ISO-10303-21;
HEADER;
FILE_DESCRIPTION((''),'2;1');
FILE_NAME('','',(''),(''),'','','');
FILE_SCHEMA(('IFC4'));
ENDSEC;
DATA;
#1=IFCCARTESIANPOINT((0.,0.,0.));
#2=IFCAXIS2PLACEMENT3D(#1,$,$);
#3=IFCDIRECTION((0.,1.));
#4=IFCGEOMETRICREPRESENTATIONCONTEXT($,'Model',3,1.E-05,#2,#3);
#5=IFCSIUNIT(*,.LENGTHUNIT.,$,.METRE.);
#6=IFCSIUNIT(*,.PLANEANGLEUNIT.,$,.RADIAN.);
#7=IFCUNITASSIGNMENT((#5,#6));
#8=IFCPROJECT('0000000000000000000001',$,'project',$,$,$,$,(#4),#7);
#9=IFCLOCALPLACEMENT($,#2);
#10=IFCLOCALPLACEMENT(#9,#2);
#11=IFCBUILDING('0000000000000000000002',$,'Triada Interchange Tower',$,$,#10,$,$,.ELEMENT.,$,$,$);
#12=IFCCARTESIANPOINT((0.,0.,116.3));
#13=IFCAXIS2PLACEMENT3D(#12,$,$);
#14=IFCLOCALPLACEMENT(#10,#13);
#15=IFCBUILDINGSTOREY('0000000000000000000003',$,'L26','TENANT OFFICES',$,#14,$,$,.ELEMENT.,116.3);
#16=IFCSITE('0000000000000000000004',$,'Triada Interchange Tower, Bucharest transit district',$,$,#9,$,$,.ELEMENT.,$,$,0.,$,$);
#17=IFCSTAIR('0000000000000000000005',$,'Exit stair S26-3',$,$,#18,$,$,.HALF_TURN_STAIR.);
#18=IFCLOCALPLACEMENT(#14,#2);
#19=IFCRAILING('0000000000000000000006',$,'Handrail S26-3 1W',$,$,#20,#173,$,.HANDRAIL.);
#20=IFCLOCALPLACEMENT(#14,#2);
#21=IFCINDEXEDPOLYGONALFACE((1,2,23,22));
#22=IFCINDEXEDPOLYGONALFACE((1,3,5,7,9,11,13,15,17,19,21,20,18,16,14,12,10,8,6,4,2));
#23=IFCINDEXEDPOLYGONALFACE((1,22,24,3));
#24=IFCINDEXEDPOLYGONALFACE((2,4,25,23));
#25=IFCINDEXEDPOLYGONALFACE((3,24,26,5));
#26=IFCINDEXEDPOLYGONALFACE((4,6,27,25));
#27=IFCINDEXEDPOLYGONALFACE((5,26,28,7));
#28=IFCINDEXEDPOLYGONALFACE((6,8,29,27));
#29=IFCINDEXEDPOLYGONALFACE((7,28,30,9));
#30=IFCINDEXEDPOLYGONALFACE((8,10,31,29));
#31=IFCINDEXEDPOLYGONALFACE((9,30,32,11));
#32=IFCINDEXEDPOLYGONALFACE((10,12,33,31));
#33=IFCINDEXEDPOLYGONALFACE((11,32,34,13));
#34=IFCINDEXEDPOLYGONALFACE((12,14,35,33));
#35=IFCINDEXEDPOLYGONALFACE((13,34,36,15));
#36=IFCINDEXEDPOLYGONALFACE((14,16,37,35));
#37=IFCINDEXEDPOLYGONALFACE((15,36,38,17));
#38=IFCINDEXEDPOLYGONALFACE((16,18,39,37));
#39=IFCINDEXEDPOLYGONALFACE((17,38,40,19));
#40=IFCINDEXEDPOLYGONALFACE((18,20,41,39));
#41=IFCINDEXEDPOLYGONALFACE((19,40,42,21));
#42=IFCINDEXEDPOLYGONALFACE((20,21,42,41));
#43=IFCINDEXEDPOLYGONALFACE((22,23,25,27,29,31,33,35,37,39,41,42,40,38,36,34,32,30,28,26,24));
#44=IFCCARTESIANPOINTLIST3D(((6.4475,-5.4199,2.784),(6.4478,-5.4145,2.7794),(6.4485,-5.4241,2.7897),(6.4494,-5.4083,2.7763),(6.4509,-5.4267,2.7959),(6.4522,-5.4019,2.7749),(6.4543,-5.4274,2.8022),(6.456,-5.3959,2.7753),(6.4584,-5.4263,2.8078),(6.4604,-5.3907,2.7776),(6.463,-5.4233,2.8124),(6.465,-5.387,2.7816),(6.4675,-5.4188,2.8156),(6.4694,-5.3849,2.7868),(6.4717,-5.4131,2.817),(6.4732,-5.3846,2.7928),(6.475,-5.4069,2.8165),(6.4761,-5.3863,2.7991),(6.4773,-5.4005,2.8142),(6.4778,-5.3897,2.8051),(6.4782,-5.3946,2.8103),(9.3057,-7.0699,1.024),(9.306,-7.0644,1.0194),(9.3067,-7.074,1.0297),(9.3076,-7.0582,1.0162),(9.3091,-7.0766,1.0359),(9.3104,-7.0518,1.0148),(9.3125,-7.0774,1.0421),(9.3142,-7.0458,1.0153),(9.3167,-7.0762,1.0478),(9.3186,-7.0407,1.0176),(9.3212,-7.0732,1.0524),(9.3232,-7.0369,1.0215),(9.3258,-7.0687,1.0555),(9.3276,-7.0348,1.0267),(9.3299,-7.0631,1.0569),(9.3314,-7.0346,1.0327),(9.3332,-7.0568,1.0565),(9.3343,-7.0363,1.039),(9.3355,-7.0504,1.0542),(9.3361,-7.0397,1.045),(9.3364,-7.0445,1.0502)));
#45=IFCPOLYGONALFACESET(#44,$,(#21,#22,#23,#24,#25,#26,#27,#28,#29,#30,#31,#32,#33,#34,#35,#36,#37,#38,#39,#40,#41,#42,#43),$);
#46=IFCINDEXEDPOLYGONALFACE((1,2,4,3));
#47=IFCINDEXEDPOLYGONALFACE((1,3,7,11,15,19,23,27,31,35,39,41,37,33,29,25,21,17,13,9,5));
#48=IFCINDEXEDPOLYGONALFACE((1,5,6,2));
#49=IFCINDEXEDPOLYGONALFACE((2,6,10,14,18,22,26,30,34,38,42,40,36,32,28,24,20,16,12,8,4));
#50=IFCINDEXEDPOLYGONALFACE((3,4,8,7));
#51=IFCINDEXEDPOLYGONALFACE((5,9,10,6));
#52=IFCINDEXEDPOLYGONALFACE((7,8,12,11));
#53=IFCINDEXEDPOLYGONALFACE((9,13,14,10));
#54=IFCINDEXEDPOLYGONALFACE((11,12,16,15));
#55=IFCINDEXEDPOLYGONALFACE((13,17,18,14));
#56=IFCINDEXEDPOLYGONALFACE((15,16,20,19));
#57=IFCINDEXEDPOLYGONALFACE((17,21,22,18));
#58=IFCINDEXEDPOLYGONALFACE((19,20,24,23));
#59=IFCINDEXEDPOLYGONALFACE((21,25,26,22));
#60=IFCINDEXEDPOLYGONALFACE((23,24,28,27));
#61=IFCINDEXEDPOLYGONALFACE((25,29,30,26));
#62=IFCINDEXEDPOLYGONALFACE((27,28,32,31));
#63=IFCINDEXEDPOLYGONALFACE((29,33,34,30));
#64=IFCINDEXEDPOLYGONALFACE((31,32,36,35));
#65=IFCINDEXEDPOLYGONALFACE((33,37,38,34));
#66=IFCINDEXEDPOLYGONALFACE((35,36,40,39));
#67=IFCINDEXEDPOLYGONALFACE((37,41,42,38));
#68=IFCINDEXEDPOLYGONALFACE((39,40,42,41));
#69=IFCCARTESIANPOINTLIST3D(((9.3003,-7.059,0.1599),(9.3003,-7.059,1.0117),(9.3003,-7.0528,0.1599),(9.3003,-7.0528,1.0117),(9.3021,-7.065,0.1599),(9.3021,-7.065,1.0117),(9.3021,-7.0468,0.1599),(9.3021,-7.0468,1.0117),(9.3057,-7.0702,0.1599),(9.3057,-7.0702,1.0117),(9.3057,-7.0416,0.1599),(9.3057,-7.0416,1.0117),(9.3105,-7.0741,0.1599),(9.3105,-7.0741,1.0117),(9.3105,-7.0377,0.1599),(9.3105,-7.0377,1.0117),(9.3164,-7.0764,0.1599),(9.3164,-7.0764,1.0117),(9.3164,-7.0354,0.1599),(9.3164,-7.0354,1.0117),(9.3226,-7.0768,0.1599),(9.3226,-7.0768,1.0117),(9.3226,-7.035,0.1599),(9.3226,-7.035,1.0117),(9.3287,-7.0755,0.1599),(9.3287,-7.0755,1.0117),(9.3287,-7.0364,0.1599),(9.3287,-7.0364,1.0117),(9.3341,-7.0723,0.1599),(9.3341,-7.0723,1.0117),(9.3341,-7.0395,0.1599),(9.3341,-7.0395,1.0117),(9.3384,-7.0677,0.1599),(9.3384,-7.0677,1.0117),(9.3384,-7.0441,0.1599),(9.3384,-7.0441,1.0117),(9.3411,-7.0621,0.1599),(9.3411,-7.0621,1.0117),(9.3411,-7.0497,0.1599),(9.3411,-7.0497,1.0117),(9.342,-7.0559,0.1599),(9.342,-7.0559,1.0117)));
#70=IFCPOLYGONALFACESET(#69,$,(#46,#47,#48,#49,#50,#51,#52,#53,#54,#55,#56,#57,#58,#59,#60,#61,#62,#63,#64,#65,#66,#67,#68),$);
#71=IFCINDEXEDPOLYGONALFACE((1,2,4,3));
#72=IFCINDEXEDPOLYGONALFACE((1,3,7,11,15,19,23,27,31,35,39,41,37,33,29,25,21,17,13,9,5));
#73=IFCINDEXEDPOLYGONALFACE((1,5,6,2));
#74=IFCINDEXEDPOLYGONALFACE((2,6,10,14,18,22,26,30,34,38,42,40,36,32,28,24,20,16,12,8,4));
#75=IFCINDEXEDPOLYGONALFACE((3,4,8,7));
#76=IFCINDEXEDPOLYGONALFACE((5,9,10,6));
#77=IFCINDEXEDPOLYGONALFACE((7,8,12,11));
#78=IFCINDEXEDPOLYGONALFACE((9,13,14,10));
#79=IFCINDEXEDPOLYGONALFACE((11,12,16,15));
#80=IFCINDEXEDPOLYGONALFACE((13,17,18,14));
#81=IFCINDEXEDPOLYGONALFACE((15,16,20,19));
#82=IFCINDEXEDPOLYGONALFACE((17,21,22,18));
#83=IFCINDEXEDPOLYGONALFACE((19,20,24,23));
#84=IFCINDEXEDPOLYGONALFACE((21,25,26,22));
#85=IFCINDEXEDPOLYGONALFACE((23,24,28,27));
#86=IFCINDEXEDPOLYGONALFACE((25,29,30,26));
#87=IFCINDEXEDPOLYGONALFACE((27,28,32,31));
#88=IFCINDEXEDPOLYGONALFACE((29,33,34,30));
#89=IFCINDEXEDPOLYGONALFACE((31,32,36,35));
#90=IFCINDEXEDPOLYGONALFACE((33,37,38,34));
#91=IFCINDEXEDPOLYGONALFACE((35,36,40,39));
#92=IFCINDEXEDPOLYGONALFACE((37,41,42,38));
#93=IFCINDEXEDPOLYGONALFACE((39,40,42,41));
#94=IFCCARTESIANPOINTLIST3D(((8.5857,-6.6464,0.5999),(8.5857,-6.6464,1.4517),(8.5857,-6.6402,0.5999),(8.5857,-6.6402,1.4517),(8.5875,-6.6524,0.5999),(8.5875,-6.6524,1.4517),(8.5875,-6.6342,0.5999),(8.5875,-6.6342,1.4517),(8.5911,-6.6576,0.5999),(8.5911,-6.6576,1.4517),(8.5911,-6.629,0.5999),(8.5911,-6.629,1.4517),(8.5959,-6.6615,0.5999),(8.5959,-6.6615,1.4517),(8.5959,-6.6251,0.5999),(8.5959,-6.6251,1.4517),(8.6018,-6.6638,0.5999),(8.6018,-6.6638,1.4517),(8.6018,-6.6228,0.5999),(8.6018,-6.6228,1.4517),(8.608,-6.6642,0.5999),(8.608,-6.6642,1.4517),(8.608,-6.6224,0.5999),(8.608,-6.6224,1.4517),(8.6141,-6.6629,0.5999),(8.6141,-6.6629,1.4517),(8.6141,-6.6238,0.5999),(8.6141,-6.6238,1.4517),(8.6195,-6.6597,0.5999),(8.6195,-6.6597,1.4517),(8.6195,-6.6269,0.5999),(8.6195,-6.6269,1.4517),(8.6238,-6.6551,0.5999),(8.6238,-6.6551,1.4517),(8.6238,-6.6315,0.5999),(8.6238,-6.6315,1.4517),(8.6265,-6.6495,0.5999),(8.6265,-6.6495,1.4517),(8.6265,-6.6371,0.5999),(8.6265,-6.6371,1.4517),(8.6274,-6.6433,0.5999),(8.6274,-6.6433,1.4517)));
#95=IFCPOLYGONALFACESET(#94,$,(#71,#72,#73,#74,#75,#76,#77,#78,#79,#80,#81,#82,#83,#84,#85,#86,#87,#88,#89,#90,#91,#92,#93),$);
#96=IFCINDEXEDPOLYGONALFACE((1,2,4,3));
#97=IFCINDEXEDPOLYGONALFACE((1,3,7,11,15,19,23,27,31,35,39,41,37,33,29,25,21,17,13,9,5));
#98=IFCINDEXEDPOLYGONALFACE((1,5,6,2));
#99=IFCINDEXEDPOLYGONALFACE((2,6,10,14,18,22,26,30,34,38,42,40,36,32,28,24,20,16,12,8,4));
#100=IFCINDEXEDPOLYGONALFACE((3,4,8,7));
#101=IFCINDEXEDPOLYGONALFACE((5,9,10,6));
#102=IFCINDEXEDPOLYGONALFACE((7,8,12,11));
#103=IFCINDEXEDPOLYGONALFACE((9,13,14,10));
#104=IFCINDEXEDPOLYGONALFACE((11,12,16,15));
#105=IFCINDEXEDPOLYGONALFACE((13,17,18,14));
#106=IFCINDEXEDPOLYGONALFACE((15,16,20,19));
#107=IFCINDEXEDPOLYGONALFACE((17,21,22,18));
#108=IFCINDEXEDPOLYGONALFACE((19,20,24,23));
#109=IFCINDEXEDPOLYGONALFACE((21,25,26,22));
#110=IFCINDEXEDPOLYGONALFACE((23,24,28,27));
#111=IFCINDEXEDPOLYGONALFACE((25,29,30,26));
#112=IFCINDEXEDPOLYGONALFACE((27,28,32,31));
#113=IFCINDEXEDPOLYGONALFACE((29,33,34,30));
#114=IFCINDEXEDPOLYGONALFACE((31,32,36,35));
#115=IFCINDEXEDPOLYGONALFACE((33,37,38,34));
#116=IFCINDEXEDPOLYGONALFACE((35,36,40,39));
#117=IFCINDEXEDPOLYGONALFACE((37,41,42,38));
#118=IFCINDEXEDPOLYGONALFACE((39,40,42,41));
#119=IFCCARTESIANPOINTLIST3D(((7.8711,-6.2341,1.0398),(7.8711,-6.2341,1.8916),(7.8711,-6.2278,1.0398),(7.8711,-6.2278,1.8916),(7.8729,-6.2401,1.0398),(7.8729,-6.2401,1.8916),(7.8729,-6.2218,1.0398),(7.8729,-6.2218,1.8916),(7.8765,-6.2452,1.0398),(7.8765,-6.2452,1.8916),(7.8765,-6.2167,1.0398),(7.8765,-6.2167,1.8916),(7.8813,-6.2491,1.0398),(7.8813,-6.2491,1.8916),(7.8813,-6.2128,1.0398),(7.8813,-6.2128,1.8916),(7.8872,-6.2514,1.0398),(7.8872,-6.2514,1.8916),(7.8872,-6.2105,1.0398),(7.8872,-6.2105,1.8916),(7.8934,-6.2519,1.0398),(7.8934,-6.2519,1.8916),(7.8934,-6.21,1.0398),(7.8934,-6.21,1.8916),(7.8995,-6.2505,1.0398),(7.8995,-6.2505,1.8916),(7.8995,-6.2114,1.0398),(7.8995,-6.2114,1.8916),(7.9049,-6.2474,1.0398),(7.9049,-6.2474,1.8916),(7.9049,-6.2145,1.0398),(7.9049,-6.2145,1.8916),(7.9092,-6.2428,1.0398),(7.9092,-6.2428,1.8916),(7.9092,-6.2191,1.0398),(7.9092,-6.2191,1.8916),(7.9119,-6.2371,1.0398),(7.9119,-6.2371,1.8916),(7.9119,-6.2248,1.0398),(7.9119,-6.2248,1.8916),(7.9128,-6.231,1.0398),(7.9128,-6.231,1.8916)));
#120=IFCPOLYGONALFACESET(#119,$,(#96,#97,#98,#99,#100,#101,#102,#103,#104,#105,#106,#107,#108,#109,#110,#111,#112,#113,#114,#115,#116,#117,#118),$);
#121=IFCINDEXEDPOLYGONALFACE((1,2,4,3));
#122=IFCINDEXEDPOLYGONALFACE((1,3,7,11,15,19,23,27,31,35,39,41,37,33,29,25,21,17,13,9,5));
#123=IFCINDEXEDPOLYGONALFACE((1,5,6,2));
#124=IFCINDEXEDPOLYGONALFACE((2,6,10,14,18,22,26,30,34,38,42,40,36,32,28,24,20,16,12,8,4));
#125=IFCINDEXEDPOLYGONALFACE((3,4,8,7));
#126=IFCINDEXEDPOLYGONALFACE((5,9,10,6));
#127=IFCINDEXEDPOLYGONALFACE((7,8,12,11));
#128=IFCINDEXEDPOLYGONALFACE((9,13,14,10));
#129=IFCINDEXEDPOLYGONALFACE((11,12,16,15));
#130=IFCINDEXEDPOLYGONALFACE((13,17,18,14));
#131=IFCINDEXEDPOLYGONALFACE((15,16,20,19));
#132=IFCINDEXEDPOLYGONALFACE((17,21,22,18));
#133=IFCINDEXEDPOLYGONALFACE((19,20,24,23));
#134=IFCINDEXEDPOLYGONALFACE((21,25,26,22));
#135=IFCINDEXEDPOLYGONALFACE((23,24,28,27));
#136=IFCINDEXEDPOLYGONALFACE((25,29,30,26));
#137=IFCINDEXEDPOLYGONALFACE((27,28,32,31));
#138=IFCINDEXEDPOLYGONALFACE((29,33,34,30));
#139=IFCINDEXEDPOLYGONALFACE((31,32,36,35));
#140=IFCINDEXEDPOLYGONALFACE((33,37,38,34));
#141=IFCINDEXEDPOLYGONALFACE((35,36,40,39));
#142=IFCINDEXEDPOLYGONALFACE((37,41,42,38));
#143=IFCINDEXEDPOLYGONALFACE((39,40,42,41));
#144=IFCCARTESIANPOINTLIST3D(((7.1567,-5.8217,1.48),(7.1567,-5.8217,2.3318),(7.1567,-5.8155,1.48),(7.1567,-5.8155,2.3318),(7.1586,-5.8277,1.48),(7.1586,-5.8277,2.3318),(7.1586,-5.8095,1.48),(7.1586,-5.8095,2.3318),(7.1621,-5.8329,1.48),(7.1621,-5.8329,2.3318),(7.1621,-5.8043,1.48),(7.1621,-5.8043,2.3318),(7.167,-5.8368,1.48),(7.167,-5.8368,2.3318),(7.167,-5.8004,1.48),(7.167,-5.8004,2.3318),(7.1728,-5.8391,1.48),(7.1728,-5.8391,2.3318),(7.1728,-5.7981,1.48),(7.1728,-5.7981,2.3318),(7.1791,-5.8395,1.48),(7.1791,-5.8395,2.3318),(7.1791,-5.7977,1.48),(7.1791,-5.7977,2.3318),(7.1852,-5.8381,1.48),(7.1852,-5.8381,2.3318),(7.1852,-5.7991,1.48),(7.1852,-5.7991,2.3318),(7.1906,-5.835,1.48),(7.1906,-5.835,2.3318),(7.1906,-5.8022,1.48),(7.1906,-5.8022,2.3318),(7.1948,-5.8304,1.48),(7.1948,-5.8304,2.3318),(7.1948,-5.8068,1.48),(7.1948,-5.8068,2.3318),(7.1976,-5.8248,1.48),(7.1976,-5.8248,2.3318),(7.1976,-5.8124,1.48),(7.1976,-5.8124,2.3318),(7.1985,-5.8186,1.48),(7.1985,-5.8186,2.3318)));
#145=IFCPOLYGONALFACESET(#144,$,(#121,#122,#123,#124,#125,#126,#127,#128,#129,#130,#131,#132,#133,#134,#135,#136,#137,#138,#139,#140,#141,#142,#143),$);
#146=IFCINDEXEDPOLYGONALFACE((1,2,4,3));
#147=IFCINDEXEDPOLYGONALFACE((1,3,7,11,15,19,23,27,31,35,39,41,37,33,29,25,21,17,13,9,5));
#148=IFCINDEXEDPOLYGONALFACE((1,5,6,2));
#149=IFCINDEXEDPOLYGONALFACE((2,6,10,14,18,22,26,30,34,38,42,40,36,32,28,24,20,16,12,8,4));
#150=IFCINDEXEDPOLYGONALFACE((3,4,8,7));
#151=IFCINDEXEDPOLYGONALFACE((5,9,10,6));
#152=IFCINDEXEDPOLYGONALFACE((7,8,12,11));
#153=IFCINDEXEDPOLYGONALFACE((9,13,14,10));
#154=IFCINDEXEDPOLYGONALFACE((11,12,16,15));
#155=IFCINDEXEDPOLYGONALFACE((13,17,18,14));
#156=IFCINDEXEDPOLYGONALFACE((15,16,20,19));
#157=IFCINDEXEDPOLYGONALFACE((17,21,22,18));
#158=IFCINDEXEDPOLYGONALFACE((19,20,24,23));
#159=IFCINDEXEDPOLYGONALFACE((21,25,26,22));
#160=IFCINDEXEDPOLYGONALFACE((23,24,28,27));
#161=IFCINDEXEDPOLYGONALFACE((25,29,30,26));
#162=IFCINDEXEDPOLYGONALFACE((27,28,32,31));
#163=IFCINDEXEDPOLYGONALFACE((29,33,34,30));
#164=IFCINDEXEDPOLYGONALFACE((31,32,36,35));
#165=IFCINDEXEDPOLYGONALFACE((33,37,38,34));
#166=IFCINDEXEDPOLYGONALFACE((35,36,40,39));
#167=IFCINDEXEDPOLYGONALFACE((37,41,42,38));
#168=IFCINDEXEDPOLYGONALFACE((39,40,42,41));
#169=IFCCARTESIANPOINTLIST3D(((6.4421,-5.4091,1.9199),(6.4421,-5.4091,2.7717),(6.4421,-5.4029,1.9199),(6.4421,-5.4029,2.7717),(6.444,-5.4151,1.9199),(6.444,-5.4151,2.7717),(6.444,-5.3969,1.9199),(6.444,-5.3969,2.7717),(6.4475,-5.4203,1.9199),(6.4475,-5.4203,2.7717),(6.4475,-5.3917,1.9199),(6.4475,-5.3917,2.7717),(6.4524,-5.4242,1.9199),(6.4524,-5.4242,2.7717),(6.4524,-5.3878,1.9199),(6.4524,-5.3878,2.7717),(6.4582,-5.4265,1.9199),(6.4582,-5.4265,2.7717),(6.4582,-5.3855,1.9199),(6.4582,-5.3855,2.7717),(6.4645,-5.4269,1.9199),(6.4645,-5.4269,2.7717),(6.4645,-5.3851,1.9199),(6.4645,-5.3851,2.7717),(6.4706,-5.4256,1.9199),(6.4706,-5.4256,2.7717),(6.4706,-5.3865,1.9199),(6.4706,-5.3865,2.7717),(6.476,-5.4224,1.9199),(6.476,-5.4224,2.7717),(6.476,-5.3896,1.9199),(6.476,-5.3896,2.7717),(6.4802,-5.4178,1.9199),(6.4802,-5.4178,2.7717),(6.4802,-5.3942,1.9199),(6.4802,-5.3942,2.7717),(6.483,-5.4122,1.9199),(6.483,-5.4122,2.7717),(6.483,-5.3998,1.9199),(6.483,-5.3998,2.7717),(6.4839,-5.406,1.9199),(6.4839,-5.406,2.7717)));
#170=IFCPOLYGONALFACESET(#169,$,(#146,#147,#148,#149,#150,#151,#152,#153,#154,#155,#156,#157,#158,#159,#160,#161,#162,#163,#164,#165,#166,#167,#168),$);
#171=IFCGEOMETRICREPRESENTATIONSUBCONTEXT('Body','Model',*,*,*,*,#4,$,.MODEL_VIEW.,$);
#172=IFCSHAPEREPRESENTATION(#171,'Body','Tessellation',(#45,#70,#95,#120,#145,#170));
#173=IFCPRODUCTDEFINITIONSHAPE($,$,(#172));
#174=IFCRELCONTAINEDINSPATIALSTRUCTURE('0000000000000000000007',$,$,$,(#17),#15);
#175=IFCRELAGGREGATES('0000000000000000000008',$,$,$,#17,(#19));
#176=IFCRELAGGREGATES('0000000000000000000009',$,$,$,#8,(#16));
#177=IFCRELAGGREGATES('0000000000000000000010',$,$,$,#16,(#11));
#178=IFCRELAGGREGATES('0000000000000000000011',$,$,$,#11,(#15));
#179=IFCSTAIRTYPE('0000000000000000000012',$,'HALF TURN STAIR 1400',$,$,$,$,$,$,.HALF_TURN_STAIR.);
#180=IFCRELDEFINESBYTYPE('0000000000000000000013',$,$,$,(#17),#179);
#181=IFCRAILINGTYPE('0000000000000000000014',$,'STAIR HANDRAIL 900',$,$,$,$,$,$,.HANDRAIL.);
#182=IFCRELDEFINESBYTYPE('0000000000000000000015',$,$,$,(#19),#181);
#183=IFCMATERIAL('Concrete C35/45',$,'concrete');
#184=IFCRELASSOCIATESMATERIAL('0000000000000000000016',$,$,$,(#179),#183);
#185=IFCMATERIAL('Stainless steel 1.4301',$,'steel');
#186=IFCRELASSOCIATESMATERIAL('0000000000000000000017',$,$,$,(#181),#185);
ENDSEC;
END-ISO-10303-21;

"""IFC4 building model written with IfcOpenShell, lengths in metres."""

from ifc_helpers import new_model, si_unit, direction, frame, origin, origin_2d, place, context, subcontext, project, spatial, circle, extrude, material, type_object, element, aggregate, save


model = new_model("IFC4")

# Units and contexts
model_context = context("Model", 3, precision=1e-05, world=origin(), true_north=direction((0.0, 1.0)))
body_context = subcontext(model_context, "Body", "Model", "MODEL_VIEW")
ifc_project = project(units=[si_unit("LENGTHUNIT", "METRE"), si_unit("PLANEANGLEUNIT", "RADIAN")], contexts=[model_context])

# Site, building, storey
site_placement = place(None, origin())
site = spatial("IfcSite", under=ifc_project, at=site_placement, Name="Triada Interchange Tower, Bucharest transit district", CompositionType="ELEMENT", RefElevation=0.0)
building_placement = place(site_placement, origin())
building = spatial("IfcBuilding", under=site, at=building_placement, Name="Triada Interchange Tower", CompositionType="ELEMENT")
storey_placement = place(building_placement, frame((0.0, 0.0, 116.3)))
storey = spatial("IfcBuildingStorey", under=building, at=storey_placement, Name="L26", Description="TENANT OFFICES", CompositionType="ELEMENT", Elevation=116.3)

# Stair, railing
ifc_material_1 = material(Name="Concrete C35/45", Category="concrete")
stair_type = type_object("IfcStairType", Name="HALF TURN STAIR 1400", PredefinedType="HALF_TURN_STAIR", material=ifc_material_1)
stair_placement = place(storey_placement, origin())
stair = element("IfcStair", 1, at=stair_placement, inside=storey, type_object=stair_type, Name="Exit stair S26-3", PredefinedType="HALF_TURN_STAIR")
ifc_material_2 = material(Name="Stainless steel 1.4301", Category="steel")
railing_type = type_object("IfcRailingType", Name="STAIR HANDRAIL 900", PredefinedType="HANDRAIL", material=ifc_material_2)
railing_1_placement = place(storey_placement, frame((9.321, -7.0559, 0.1599)))
railing_1 = element("IfcRailing", 2, at=railing_1_placement, type_object=railing_type, Name="Handrail S26-3 1W", PredefinedType="HANDRAIL", context=body_context, shape_type="SweptSolid", body=[
    extrude(circle(Radius=0.0239, at=origin_2d()), frame((0.0, 0.0, 0.876), z_axis=(-0.764178, 0.441131, 0.47057), x_axis=(-0.499942, -0.866059, 0.0)), (0.0, 0.0, 1.0), 3.7402),
    extrude(circle(Radius=0.021, at=origin_2d()), origin(), (0.0, 0.0, 1.0), 0.8518),
    extrude(circle(Radius=0.021, at=origin_2d()), frame((-0.7146, 0.4126, 0.4399)), (0.0, 0.0, 1.0), 0.8518),
    extrude(circle(Radius=0.021, at=origin_2d()), frame((-1.4292, 0.825, 0.8799)), (0.0, 0.0, 1.0), 0.8518),
    extrude(circle(Radius=0.021, at=origin_2d()), frame((-2.1436, 1.2373, 1.3201)), (0.0, 0.0, 1.0), 0.8518),
    extrude(circle(Radius=0.021, at=origin_2d()), frame((-2.8582, 1.6499, 1.76)), (0.0, 0.0, 1.0), 0.8518),
])
aggregate(stair, [railing_1])

save(model, "model.ifc")
